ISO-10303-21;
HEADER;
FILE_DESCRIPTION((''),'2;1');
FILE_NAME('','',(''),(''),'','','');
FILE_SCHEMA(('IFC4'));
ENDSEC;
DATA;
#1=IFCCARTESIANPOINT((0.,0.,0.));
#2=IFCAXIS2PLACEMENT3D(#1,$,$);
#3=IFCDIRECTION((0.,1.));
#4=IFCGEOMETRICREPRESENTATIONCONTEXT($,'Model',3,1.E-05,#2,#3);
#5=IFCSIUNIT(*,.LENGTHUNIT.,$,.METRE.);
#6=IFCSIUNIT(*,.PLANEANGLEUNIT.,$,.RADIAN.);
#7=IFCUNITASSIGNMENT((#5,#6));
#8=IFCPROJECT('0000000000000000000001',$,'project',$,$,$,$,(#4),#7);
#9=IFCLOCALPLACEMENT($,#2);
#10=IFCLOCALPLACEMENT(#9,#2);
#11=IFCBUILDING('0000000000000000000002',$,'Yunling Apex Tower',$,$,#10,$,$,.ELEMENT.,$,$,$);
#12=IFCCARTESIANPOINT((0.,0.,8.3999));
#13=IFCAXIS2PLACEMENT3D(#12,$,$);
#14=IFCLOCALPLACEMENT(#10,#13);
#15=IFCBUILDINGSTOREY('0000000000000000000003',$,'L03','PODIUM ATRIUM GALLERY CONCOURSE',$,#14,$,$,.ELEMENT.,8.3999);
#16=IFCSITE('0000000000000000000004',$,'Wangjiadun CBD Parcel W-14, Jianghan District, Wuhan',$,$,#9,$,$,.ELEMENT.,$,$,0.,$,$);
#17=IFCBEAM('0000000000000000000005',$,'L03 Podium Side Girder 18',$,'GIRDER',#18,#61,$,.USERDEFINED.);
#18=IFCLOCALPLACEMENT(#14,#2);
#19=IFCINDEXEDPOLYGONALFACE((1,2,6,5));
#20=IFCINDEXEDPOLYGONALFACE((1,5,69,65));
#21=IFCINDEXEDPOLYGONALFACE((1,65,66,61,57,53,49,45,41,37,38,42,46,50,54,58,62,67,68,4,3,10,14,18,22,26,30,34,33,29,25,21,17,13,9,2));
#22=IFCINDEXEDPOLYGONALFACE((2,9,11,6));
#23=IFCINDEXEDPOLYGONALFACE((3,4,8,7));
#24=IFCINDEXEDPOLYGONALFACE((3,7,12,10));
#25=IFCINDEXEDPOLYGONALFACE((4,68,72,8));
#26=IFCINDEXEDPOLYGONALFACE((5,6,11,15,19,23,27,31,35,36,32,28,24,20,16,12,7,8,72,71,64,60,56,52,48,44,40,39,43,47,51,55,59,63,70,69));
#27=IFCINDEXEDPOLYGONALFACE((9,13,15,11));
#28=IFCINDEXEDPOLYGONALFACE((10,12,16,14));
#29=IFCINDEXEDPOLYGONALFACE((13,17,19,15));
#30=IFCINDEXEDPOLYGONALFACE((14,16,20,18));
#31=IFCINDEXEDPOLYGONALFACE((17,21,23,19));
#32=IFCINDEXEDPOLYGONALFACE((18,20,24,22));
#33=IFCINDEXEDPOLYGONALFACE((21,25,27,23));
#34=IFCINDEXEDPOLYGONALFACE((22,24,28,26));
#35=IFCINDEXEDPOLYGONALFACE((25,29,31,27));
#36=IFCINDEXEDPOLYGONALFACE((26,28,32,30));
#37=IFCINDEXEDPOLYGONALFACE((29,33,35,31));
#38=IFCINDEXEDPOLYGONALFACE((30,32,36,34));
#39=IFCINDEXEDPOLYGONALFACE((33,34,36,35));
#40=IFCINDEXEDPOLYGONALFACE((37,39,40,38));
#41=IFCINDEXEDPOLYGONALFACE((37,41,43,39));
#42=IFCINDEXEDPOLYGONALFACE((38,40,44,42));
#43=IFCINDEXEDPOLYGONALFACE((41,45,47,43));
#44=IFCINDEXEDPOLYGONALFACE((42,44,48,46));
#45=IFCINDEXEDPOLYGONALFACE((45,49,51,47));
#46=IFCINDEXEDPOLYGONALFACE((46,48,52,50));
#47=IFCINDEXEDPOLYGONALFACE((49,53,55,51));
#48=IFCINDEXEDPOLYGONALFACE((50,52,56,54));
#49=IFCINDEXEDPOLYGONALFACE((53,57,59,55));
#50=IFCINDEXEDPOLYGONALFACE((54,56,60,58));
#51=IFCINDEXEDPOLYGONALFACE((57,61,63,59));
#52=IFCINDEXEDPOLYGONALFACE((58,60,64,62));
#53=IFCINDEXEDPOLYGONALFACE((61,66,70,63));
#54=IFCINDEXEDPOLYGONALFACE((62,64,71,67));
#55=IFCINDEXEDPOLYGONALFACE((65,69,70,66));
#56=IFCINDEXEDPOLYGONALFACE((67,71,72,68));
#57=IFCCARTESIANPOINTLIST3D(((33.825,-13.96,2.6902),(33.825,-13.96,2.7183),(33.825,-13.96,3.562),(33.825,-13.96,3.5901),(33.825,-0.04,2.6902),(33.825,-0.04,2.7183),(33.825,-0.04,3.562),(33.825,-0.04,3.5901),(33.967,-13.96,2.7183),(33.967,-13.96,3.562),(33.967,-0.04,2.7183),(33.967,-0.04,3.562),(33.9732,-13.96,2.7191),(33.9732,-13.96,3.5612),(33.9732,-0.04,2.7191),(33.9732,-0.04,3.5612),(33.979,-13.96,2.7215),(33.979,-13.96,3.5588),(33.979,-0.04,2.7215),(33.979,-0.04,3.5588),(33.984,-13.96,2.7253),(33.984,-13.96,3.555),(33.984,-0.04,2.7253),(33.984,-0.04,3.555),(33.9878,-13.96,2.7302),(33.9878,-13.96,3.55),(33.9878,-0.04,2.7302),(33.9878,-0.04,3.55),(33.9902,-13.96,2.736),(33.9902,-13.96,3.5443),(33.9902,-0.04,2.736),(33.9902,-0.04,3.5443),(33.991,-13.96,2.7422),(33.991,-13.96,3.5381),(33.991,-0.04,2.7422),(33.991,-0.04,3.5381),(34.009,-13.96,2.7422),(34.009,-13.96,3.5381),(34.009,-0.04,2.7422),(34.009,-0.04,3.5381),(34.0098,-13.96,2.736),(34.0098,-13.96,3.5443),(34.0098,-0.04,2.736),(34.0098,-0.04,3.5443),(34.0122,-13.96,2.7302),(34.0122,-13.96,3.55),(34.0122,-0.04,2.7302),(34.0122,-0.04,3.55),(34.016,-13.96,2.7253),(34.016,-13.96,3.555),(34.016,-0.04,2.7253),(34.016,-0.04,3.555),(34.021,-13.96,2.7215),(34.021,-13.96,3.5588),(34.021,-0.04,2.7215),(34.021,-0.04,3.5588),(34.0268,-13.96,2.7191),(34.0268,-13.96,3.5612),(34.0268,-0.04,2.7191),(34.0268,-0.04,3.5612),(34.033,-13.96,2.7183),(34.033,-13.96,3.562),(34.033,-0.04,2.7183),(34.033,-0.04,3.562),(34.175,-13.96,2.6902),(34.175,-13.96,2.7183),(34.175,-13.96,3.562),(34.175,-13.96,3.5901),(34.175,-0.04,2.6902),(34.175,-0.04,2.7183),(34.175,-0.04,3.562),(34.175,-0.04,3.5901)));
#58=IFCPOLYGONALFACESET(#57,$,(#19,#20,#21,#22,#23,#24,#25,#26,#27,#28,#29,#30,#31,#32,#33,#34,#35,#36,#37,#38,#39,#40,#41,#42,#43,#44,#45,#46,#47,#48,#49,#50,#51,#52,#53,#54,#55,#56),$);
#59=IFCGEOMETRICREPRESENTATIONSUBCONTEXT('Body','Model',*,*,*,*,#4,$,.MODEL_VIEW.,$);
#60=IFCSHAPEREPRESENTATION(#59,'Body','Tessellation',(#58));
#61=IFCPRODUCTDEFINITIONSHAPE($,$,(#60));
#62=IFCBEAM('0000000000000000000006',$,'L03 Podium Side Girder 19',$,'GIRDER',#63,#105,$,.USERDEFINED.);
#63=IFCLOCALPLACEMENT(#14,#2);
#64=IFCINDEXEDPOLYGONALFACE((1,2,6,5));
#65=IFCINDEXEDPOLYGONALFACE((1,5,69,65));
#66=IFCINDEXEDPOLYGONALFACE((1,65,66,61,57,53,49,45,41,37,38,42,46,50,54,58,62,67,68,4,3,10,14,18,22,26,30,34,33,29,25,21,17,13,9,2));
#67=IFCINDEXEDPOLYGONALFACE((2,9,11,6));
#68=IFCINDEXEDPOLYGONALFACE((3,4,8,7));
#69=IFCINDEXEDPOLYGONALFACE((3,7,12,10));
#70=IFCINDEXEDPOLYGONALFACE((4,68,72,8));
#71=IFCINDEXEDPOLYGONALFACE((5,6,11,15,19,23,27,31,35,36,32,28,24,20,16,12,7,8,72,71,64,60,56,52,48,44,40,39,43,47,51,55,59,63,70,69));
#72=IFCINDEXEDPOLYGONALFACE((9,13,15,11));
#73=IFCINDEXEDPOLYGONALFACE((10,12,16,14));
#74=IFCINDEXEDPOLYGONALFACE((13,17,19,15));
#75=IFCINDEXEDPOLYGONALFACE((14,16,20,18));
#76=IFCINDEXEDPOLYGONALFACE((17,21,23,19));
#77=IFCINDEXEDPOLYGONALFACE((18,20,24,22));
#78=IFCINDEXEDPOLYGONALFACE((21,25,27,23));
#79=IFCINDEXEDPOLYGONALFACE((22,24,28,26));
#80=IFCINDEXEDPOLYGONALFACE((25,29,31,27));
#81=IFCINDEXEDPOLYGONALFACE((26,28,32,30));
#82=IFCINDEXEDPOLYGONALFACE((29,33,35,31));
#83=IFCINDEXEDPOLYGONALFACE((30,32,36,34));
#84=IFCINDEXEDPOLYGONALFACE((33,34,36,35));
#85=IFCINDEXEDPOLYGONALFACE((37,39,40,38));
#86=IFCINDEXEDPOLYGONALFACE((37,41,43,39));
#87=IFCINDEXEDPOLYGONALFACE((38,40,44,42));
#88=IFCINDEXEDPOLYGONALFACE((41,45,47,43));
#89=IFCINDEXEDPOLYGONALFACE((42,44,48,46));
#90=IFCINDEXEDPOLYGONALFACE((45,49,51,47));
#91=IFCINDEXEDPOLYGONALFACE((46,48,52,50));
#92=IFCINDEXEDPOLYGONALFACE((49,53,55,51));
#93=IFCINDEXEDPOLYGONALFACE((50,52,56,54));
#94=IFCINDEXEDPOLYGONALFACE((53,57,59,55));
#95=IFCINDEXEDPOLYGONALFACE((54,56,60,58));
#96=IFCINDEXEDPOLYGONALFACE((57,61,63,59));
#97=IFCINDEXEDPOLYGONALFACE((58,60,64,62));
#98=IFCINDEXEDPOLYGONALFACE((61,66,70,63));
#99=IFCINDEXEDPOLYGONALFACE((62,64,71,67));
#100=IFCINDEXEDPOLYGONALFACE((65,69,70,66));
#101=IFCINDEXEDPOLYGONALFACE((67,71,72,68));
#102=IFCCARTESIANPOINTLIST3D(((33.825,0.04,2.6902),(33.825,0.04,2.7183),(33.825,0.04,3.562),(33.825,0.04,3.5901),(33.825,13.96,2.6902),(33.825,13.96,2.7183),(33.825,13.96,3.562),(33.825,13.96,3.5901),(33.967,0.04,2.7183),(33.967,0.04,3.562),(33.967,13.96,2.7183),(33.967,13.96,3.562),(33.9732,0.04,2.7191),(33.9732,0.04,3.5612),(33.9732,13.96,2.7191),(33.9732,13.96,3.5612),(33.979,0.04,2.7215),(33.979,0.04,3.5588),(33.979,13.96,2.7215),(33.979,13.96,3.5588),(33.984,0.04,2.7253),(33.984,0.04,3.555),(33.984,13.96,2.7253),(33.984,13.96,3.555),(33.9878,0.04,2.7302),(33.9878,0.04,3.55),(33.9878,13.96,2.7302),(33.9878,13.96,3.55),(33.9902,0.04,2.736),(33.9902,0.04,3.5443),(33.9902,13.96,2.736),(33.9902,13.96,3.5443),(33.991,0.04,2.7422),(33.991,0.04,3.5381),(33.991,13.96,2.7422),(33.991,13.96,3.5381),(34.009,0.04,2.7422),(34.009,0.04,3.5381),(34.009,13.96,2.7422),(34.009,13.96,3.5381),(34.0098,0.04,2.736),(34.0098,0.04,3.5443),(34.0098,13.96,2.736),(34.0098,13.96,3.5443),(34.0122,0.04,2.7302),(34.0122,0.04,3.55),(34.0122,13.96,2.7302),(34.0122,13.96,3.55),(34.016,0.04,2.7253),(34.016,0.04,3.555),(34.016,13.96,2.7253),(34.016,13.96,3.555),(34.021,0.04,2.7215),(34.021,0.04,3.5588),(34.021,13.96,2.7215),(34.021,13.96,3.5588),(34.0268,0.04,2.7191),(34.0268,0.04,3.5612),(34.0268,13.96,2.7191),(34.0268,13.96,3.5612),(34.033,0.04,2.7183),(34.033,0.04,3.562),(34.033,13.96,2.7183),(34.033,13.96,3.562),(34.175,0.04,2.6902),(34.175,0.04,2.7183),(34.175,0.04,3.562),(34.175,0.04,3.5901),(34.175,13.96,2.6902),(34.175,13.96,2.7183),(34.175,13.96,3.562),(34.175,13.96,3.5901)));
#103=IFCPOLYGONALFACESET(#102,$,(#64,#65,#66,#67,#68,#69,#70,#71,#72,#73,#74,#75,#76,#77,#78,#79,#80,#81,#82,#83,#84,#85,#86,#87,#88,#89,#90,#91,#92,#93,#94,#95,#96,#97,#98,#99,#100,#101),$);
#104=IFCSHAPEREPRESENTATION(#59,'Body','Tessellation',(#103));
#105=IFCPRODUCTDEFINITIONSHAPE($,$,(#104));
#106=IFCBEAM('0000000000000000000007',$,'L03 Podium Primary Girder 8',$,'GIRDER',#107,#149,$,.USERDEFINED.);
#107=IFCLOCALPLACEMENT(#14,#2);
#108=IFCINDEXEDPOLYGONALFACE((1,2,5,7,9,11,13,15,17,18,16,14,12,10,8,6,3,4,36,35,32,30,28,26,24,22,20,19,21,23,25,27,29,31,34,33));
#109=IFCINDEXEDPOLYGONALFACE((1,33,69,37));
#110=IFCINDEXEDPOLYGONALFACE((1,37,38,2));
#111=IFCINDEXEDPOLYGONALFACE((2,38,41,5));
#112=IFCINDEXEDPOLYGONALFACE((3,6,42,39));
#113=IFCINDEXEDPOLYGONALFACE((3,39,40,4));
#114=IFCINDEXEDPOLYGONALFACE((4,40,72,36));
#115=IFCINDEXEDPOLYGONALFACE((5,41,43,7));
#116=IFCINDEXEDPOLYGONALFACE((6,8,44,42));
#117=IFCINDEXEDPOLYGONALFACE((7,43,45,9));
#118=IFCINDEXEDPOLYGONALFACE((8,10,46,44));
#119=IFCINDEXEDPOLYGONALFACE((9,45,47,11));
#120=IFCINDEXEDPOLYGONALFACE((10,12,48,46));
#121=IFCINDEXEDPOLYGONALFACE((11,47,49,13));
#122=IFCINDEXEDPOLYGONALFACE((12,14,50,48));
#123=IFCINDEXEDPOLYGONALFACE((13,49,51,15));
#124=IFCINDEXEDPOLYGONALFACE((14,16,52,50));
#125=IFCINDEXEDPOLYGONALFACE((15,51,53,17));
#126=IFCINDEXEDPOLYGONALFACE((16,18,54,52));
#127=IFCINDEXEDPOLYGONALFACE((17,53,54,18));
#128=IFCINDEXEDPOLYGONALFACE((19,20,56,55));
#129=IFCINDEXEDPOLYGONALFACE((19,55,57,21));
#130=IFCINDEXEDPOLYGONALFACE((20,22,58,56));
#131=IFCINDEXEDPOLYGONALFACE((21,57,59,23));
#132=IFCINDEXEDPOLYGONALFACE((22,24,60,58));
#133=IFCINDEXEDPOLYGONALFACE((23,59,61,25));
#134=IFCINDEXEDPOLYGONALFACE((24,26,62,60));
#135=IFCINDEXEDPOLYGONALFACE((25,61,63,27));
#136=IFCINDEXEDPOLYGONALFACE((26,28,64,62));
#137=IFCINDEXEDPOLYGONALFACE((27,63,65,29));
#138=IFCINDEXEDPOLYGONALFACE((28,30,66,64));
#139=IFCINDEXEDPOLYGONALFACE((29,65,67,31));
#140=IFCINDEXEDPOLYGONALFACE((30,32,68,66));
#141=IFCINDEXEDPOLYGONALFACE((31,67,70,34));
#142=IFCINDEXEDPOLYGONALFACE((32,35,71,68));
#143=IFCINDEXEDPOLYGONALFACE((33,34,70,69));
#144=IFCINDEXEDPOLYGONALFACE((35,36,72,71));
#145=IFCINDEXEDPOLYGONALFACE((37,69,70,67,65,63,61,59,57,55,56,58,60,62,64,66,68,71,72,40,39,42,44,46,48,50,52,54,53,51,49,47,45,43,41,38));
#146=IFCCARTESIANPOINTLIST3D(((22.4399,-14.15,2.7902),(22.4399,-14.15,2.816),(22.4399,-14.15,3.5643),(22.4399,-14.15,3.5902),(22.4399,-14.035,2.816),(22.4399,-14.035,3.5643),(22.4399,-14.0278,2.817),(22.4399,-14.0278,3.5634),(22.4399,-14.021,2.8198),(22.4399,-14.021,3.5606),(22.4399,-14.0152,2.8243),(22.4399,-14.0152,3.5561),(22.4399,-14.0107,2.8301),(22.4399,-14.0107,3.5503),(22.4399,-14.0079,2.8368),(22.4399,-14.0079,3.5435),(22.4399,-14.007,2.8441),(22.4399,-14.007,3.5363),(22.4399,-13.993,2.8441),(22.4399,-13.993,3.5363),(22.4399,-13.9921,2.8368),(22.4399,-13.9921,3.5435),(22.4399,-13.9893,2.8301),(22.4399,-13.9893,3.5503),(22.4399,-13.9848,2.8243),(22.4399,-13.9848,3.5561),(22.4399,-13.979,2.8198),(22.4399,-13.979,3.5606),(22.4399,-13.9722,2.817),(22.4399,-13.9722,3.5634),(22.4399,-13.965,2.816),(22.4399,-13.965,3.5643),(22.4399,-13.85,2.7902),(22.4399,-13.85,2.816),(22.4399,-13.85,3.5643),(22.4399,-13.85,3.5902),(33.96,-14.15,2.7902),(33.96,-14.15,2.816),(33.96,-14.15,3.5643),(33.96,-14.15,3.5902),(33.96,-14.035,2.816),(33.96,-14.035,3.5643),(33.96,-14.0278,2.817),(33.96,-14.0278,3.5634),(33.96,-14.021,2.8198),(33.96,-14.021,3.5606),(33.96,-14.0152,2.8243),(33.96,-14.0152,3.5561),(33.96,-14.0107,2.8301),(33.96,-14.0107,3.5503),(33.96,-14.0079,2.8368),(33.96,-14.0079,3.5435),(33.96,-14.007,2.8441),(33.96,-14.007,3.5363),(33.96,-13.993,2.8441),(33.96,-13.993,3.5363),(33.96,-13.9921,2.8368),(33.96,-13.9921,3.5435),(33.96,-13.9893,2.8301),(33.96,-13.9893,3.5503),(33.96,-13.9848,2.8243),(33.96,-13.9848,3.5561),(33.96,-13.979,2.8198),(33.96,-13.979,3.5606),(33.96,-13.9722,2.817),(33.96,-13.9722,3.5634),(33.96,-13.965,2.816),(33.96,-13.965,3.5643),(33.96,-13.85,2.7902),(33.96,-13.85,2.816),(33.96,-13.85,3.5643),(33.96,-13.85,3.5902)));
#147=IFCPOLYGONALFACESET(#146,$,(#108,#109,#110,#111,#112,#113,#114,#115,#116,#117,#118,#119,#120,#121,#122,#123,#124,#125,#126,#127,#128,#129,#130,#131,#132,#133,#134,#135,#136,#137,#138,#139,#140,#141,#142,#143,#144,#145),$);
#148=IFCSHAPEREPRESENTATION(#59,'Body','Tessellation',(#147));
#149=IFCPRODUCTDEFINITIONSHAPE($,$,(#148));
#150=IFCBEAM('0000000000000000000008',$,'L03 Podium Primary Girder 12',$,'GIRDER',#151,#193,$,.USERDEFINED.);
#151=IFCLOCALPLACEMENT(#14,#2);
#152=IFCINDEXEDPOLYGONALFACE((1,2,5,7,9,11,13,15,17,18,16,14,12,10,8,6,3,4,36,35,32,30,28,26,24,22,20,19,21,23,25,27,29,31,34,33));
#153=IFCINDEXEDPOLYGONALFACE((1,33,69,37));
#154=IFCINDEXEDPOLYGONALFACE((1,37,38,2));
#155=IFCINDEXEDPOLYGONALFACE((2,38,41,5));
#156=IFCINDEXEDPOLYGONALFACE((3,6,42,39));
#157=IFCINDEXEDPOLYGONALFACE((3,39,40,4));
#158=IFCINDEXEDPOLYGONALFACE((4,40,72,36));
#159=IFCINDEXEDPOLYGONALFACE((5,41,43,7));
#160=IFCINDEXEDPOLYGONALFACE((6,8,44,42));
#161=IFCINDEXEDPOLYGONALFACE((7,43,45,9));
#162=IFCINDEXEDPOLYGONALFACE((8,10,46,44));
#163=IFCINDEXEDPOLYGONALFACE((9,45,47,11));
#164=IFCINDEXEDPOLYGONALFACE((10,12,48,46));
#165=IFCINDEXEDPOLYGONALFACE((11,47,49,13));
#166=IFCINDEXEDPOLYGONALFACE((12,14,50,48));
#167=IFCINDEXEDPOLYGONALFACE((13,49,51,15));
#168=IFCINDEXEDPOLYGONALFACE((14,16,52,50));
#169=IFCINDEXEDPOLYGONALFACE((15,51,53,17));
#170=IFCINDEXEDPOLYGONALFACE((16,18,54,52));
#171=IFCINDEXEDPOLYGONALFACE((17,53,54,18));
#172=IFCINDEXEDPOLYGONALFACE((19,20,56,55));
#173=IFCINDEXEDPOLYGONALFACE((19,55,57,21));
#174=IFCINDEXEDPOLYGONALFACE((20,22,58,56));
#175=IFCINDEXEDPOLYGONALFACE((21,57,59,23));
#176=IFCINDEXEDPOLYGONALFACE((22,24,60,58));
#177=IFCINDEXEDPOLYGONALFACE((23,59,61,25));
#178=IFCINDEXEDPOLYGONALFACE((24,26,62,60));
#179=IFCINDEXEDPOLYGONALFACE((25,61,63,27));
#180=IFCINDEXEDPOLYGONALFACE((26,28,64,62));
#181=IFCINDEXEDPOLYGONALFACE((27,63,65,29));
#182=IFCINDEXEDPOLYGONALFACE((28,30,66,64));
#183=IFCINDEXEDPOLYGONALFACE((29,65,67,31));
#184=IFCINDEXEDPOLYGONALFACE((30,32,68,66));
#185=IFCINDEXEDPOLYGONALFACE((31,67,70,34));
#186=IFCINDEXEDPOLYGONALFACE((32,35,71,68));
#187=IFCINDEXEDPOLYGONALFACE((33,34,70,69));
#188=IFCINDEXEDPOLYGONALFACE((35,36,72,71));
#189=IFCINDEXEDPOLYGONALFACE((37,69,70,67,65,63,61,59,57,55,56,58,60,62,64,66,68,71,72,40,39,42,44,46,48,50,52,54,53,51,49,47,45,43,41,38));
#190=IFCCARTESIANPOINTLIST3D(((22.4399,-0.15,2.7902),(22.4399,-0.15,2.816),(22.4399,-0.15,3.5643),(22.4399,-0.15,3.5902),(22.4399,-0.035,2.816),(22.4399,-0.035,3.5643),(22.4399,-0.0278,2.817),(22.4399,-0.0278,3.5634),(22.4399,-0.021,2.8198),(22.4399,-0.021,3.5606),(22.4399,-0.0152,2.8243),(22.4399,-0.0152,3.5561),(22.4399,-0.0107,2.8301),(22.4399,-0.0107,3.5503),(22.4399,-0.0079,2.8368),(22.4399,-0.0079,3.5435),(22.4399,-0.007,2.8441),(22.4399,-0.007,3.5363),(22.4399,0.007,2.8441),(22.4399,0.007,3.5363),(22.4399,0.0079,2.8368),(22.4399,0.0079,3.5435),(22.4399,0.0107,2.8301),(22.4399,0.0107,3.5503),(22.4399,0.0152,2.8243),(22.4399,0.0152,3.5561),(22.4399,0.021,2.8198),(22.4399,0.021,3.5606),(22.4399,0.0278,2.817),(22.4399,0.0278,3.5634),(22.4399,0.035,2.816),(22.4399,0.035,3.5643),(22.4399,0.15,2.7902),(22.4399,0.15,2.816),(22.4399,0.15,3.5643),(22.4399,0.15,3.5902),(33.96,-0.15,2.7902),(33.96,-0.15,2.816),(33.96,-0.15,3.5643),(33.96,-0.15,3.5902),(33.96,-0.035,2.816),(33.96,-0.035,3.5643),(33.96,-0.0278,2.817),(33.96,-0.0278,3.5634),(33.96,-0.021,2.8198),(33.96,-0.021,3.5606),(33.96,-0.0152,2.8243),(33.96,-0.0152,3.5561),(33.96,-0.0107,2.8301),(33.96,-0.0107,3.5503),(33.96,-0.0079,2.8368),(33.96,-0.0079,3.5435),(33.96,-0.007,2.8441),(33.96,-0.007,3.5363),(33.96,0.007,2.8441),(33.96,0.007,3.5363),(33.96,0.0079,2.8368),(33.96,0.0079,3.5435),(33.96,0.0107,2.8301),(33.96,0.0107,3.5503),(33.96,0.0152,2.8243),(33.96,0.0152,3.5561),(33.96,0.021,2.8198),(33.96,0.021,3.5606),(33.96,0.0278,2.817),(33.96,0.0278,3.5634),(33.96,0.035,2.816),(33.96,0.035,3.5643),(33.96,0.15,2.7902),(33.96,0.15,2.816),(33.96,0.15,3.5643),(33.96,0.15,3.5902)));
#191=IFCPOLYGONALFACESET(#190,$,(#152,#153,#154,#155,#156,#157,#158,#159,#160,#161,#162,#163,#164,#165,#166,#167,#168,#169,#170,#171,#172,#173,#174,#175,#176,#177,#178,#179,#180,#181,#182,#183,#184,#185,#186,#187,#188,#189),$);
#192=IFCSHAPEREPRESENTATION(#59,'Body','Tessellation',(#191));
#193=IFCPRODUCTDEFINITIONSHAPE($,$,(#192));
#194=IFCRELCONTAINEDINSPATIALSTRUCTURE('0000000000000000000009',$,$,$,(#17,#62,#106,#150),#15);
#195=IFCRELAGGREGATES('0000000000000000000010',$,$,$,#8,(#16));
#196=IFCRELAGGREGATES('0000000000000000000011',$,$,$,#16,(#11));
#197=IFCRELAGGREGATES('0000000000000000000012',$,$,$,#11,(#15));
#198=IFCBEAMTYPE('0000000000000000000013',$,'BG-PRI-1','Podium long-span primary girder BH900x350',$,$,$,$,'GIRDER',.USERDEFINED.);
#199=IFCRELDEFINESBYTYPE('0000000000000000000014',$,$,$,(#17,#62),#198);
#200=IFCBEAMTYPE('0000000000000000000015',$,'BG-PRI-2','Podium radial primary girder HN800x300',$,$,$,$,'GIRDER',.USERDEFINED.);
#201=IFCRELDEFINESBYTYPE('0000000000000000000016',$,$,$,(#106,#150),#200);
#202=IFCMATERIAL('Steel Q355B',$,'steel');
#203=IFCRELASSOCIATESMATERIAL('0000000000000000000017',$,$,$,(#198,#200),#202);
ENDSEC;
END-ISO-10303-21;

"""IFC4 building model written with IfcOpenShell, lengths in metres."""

from ifc_helpers import new_model, si_unit, direction, frame, origin, origin_2d, place, context, subcontext, project, spatial, i_section, extrude, source, transform, mapped, material, material_profile, profile_set, type_object, element, save


model = new_model("IFC4")

# Units and contexts
model_context = context("Model", 3, precision=1e-05, world=origin(), true_north=direction((0.0, 1.0)))
body_context = subcontext(model_context, "Body", "Model", "MODEL_VIEW")
ifc_project = project(units=[si_unit("LENGTHUNIT", "METRE"), si_unit("PLANEANGLEUNIT", "RADIAN")], contexts=[model_context])

# Site, building, storey
site_placement = place(None, origin())
site = spatial("IfcSite", under=ifc_project, at=site_placement, Name="Wangjiadun CBD Parcel W-14, Jianghan District, Wuhan", CompositionType="ELEMENT", RefElevation=0.0)
building_placement = place(site_placement, origin())
building = spatial("IfcBuilding", under=site, at=building_placement, Name="Yunling Apex Tower", CompositionType="ELEMENT")
storey_placement = place(building_placement, frame((0.0, 0.0, 8.3999)))
storey = spatial("IfcBuildingStorey", under=building, at=storey_placement, Name="L03", Description="PODIUM ATRIUM GALLERY CONCOURSE", CompositionType="ELEMENT", Elevation=8.3999)

# Beams
ifc_material_1 = material(Name="Steel Q355B", Category="steel")
ifc_material_profile_1 = material_profile(ifc_material_1, i_section(OverallWidth=0.3501, OverallDepth=0.8999, WebThickness=0.0181, FlangeThickness=0.0281, FilletRadius=0.0239, at=origin_2d()))
ifc_profile_set_1 = profile_set([ifc_material_profile_1], Name="Steel Q355B")
beam_type_1 = type_object("IfcBeamType", Name="BG-PRI-1", Description="Podium long-span primary girder BH900x350", ElementType="GIRDER", PredefinedType="USERDEFINED", material=ifc_profile_set_1)
shared_shape_1 = source(origin(), body_context, "Body", "SweptSolid", [
    extrude(i_section(OverallWidth=0.3501, OverallDepth=0.8999, WebThickness=0.0181, FlangeThickness=0.0281, FilletRadius=0.0239, at=origin_2d()), origin(), (0.0, 0.0, 1.0), 13.9199),
])
for number, where, z_axis, x_axis, name in (
    (1, (34.0, -13.96, 3.1401), (0.0, 1.0, 0.0), (-1.0, 0.0, 0.0), "L03 Podium Side Girder 18"),
    (2, (34.0, 0.04, 3.1401), (0.0, 1.0, 0.0), (-1.0, 0.0, 0.0), "L03 Podium Side Girder 19"),
):
    element("IfcBeam", number, at=place(storey_placement, frame(where, z_axis=z_axis, x_axis=x_axis)), inside=storey, type_object=beam_type_1, Name=name, ObjectType="GIRDER", PredefinedType="USERDEFINED", context=body_context, shape_type="MappedRepresentation", body=[
        mapped(shared_shape_1, transform((0.0, 0.0, 0.0), scale=1.0)),
    ])
ifc_material_profile_2 = material_profile(ifc_material_1, i_section(OverallWidth=0.3, OverallDepth=0.8, WebThickness=0.0139, FlangeThickness=0.0259, FilletRadius=0.0281, at=origin_2d()))
ifc_profile_set_2 = profile_set([ifc_material_profile_2], Name="Steel Q355B")
beam_type_2 = type_object("IfcBeamType", Name="BG-PRI-2", Description="Podium radial primary girder HN800x300", ElementType="GIRDER", PredefinedType="USERDEFINED", material=ifc_profile_set_2)
shared_shape_2 = source(origin(), body_context, "Body", "SweptSolid", [
    extrude(i_section(OverallWidth=0.3, OverallDepth=0.8, WebThickness=0.0139, FlangeThickness=0.0259, FilletRadius=0.0281, at=origin_2d()), origin(), (0.0, 0.0, 1.0), 11.52),
])
for number, where, z_axis, x_axis, name in (
    (3, (22.4399, -14.0, 3.1902), (1.0, 0.0, 0.0), (0.0, 1.0, 0.0), "L03 Podium Primary Girder 8"),
    (4, (22.4399, 0.0, 3.1902), (1.0, 0.0, 0.0), (0.0, 1.0, 0.0), "L03 Podium Primary Girder 12"),
):
    element("IfcBeam", number, at=place(storey_placement, frame(where, z_axis=z_axis, x_axis=x_axis)), inside=storey, type_object=beam_type_2, Name=name, ObjectType="GIRDER", PredefinedType="USERDEFINED", context=body_context, shape_type="MappedRepresentation", body=[
        mapped(shared_shape_2, transform((0.0, 0.0, 0.0), scale=1.0)),
    ])

save(model, "model.ifc")
